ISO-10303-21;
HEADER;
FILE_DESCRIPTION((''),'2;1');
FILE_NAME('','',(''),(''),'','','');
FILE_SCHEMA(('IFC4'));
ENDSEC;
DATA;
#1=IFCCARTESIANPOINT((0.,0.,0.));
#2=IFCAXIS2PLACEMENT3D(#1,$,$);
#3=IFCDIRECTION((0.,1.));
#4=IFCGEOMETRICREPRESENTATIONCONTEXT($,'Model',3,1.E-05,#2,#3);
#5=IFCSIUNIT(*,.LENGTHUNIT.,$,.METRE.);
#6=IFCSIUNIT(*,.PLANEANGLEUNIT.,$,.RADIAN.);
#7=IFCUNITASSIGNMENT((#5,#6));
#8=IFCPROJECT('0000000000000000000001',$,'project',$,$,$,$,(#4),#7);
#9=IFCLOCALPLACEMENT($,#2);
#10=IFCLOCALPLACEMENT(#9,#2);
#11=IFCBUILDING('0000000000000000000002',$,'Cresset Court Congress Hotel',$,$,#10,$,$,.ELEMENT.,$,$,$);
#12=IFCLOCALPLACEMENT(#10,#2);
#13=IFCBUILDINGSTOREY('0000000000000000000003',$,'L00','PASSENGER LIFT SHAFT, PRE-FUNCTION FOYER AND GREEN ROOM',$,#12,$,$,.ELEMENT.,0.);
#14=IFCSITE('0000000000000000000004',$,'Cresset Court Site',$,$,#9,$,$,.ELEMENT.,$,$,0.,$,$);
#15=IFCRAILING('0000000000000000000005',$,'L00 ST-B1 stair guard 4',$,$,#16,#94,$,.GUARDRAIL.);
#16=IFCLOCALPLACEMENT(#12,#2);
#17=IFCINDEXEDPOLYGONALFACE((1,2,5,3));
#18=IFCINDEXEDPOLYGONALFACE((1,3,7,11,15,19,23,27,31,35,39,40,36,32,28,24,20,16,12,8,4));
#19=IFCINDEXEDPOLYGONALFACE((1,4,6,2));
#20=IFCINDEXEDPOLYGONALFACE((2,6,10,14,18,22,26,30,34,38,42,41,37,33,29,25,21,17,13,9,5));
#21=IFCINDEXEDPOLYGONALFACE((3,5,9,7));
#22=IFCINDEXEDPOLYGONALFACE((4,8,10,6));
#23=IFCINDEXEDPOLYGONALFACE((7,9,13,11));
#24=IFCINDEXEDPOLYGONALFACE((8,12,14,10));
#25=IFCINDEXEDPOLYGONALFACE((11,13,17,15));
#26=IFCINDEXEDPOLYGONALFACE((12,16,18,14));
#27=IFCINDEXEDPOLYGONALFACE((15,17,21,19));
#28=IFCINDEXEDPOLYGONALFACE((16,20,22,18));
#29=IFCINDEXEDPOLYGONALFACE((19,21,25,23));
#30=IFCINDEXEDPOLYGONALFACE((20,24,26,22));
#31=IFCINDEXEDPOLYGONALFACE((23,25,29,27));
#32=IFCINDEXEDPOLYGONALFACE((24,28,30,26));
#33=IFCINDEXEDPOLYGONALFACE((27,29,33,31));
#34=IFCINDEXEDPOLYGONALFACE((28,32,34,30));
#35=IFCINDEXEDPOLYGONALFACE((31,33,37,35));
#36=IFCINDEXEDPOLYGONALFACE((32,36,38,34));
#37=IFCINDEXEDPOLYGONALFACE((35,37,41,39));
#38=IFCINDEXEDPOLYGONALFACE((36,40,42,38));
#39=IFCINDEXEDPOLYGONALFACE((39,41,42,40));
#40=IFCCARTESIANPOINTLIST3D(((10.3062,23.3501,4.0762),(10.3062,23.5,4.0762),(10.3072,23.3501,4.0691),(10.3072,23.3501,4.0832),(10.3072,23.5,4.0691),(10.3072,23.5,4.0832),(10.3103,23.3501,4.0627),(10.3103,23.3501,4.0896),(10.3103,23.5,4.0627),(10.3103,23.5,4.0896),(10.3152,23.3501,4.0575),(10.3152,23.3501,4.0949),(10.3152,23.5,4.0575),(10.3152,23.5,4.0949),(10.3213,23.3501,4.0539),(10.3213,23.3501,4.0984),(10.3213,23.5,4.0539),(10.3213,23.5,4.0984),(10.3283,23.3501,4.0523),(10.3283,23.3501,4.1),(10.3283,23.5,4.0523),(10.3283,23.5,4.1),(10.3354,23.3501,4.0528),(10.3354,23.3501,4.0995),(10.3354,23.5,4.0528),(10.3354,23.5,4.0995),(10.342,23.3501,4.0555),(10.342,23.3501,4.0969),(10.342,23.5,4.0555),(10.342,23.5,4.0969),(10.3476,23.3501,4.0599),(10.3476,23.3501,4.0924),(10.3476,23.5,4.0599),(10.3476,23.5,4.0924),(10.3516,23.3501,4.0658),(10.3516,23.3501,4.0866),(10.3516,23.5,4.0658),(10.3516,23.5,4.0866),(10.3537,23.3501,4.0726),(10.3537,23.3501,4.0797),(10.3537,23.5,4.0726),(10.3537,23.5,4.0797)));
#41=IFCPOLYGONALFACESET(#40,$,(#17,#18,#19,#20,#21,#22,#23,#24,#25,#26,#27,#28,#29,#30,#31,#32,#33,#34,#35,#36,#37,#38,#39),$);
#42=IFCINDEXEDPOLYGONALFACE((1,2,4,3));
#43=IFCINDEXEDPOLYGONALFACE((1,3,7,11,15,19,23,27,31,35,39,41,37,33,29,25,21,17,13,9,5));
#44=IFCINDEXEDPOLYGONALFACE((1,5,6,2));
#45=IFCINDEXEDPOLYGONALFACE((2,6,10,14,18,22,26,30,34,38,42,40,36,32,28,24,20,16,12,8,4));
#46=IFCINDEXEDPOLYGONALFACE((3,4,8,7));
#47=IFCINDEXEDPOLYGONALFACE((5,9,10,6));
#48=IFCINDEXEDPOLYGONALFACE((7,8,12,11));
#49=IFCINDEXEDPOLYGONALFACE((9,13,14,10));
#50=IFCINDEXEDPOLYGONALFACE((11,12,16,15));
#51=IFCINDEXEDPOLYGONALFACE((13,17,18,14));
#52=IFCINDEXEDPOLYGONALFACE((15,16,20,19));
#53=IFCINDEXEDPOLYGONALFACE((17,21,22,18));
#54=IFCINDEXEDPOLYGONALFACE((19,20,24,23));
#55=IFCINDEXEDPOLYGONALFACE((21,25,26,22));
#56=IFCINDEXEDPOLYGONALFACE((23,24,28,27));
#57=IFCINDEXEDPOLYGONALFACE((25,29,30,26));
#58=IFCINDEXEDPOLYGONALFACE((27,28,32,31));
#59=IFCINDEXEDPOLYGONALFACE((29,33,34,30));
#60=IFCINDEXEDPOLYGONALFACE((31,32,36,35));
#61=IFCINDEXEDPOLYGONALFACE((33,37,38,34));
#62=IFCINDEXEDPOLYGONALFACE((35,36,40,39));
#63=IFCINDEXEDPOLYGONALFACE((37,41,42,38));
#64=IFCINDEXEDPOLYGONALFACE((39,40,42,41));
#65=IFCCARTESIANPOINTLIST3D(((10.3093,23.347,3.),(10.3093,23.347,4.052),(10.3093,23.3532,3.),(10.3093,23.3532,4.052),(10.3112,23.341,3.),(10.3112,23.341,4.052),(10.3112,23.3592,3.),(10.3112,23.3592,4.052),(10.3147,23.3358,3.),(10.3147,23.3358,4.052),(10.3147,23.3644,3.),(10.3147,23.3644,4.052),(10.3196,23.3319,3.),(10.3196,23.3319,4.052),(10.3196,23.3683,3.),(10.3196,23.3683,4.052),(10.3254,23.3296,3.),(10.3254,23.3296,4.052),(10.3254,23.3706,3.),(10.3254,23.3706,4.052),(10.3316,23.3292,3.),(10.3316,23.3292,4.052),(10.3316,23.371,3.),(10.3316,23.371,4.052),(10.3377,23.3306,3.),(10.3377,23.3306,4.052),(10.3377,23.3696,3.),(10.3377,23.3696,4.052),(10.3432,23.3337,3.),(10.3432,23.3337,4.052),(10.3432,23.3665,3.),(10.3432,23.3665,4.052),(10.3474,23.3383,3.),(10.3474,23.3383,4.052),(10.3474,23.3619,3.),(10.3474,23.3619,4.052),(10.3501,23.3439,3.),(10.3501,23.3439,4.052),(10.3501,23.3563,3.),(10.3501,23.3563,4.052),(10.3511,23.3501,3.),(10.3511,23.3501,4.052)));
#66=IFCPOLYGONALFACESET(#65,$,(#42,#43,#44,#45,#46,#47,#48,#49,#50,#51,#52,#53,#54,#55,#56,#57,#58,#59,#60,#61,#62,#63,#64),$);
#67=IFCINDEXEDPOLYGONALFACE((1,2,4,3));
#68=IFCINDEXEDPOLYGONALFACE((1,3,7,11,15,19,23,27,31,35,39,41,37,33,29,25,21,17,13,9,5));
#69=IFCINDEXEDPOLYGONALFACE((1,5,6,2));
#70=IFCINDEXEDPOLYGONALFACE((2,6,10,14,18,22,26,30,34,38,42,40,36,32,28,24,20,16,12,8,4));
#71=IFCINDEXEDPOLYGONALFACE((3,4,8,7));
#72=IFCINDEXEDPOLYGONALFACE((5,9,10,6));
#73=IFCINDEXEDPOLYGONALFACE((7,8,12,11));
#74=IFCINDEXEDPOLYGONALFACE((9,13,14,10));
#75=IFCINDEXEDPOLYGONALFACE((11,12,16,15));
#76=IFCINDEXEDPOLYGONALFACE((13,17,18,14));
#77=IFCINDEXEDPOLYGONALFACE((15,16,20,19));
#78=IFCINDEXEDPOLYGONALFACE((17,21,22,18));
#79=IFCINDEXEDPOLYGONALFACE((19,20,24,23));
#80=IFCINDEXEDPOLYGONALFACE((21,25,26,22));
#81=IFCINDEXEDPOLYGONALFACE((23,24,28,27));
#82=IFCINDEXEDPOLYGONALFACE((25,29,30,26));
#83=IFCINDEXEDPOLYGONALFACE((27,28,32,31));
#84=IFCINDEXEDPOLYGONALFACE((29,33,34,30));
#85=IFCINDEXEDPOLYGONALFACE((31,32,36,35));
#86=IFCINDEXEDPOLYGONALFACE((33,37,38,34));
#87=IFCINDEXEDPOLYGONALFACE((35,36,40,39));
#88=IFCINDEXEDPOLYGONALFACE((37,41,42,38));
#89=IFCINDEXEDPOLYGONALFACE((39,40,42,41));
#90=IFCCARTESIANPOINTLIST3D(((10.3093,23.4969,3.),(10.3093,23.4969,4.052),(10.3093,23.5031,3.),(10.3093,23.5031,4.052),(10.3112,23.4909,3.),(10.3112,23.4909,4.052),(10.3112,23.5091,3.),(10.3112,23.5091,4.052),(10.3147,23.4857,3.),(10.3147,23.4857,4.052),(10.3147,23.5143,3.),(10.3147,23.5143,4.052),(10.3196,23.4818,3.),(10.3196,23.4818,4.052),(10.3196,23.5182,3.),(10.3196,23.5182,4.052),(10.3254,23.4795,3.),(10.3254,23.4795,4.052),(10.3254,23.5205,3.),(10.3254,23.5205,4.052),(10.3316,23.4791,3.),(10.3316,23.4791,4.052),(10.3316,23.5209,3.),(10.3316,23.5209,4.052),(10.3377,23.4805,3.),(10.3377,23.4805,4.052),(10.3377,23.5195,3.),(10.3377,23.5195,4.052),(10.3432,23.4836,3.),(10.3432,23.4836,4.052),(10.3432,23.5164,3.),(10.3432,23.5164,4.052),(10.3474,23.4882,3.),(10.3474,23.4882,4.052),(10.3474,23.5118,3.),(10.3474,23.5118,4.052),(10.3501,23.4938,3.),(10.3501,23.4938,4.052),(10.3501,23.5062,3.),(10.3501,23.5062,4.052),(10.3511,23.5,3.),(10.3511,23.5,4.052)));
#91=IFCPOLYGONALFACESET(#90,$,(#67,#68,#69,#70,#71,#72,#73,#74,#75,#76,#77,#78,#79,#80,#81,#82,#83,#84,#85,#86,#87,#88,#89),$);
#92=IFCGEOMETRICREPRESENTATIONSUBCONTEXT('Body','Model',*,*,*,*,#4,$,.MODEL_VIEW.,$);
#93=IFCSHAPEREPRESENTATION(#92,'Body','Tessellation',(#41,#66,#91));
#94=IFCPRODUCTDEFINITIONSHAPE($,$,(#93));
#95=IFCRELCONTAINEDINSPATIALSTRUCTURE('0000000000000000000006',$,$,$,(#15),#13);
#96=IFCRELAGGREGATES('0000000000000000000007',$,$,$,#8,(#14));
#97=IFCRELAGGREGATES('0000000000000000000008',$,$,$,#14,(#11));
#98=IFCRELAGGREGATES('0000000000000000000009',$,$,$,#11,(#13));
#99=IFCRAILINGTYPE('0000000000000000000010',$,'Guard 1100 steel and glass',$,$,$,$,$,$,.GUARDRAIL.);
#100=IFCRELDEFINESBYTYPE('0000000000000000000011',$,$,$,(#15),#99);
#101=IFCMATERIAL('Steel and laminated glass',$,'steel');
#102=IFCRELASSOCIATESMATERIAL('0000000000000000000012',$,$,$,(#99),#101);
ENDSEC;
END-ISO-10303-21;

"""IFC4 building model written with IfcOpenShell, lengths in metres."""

from ifc_helpers import new_model, si_unit, direction, frame, origin, origin_2d, place, context, subcontext, project, spatial, circle, extrude, material, type_object, element, save


model = new_model("IFC4")

# Units and contexts
model_context = context("Model", 3, precision=1e-05, world=origin(), true_north=direction((0.0, 1.0)))
body_context = subcontext(model_context, "Body", "Model", "MODEL_VIEW")
ifc_project = project(units=[si_unit("LENGTHUNIT", "METRE"), si_unit("PLANEANGLEUNIT", "RADIAN")], contexts=[model_context])

# Site, building, storey
site_placement = place(None, origin())
site = spatial("IfcSite", under=ifc_project, at=site_placement, Name="Cresset Court Site", CompositionType="ELEMENT", RefElevation=0.0)
building_placement = place(site_placement, origin())
building = spatial("IfcBuilding", under=site, at=building_placement, Name="Cresset Court Congress Hotel", CompositionType="ELEMENT")
storey_placement = place(building_placement, origin())
storey = spatial("IfcBuildingStorey", under=building, at=storey_placement, Name="L00", Description="PASSENGER LIFT SHAFT, PRE-FUNCTION FOYER AND GREEN ROOM", CompositionType="ELEMENT", Elevation=0.0)

# Railing
ifc_material_1 = material(Name="Steel and laminated glass", Category="steel")
railing_type_1 = type_object("IfcRailingType", Name="Guard 1100 steel and glass", PredefinedType="GUARDRAIL", material=ifc_material_1)
railing_1_placement = place(storey_placement, frame((10.3301, 23.3501, 3.0)))
element("IfcRailing", 1, at=railing_1_placement, inside=storey, type_object=railing_type_1, Name="L00 ST-B1 stair guard 4", PredefinedType="GUARDRAIL", context=body_context, shape_type="SweptSolid", body=[
    extrude(circle(Radius=0.0239, at=origin_2d()), frame((0.0, 0.0, 1.0762), z_axis=(0.0, 1.0, 0.0), x_axis=(-1.0, 0.0, 0.0)), (0.0, 0.0, 1.0), 0.1499),
    extrude(circle(Radius=0.021, at=origin_2d()), origin(), (0.0, 0.0, 1.0), 1.052),
    extrude(circle(Radius=0.021, at=origin_2d()), frame((0.0, 0.1499, 0.0)), (0.0, 0.0, 1.0), 1.052),
])

save(model, "model.ifc")
